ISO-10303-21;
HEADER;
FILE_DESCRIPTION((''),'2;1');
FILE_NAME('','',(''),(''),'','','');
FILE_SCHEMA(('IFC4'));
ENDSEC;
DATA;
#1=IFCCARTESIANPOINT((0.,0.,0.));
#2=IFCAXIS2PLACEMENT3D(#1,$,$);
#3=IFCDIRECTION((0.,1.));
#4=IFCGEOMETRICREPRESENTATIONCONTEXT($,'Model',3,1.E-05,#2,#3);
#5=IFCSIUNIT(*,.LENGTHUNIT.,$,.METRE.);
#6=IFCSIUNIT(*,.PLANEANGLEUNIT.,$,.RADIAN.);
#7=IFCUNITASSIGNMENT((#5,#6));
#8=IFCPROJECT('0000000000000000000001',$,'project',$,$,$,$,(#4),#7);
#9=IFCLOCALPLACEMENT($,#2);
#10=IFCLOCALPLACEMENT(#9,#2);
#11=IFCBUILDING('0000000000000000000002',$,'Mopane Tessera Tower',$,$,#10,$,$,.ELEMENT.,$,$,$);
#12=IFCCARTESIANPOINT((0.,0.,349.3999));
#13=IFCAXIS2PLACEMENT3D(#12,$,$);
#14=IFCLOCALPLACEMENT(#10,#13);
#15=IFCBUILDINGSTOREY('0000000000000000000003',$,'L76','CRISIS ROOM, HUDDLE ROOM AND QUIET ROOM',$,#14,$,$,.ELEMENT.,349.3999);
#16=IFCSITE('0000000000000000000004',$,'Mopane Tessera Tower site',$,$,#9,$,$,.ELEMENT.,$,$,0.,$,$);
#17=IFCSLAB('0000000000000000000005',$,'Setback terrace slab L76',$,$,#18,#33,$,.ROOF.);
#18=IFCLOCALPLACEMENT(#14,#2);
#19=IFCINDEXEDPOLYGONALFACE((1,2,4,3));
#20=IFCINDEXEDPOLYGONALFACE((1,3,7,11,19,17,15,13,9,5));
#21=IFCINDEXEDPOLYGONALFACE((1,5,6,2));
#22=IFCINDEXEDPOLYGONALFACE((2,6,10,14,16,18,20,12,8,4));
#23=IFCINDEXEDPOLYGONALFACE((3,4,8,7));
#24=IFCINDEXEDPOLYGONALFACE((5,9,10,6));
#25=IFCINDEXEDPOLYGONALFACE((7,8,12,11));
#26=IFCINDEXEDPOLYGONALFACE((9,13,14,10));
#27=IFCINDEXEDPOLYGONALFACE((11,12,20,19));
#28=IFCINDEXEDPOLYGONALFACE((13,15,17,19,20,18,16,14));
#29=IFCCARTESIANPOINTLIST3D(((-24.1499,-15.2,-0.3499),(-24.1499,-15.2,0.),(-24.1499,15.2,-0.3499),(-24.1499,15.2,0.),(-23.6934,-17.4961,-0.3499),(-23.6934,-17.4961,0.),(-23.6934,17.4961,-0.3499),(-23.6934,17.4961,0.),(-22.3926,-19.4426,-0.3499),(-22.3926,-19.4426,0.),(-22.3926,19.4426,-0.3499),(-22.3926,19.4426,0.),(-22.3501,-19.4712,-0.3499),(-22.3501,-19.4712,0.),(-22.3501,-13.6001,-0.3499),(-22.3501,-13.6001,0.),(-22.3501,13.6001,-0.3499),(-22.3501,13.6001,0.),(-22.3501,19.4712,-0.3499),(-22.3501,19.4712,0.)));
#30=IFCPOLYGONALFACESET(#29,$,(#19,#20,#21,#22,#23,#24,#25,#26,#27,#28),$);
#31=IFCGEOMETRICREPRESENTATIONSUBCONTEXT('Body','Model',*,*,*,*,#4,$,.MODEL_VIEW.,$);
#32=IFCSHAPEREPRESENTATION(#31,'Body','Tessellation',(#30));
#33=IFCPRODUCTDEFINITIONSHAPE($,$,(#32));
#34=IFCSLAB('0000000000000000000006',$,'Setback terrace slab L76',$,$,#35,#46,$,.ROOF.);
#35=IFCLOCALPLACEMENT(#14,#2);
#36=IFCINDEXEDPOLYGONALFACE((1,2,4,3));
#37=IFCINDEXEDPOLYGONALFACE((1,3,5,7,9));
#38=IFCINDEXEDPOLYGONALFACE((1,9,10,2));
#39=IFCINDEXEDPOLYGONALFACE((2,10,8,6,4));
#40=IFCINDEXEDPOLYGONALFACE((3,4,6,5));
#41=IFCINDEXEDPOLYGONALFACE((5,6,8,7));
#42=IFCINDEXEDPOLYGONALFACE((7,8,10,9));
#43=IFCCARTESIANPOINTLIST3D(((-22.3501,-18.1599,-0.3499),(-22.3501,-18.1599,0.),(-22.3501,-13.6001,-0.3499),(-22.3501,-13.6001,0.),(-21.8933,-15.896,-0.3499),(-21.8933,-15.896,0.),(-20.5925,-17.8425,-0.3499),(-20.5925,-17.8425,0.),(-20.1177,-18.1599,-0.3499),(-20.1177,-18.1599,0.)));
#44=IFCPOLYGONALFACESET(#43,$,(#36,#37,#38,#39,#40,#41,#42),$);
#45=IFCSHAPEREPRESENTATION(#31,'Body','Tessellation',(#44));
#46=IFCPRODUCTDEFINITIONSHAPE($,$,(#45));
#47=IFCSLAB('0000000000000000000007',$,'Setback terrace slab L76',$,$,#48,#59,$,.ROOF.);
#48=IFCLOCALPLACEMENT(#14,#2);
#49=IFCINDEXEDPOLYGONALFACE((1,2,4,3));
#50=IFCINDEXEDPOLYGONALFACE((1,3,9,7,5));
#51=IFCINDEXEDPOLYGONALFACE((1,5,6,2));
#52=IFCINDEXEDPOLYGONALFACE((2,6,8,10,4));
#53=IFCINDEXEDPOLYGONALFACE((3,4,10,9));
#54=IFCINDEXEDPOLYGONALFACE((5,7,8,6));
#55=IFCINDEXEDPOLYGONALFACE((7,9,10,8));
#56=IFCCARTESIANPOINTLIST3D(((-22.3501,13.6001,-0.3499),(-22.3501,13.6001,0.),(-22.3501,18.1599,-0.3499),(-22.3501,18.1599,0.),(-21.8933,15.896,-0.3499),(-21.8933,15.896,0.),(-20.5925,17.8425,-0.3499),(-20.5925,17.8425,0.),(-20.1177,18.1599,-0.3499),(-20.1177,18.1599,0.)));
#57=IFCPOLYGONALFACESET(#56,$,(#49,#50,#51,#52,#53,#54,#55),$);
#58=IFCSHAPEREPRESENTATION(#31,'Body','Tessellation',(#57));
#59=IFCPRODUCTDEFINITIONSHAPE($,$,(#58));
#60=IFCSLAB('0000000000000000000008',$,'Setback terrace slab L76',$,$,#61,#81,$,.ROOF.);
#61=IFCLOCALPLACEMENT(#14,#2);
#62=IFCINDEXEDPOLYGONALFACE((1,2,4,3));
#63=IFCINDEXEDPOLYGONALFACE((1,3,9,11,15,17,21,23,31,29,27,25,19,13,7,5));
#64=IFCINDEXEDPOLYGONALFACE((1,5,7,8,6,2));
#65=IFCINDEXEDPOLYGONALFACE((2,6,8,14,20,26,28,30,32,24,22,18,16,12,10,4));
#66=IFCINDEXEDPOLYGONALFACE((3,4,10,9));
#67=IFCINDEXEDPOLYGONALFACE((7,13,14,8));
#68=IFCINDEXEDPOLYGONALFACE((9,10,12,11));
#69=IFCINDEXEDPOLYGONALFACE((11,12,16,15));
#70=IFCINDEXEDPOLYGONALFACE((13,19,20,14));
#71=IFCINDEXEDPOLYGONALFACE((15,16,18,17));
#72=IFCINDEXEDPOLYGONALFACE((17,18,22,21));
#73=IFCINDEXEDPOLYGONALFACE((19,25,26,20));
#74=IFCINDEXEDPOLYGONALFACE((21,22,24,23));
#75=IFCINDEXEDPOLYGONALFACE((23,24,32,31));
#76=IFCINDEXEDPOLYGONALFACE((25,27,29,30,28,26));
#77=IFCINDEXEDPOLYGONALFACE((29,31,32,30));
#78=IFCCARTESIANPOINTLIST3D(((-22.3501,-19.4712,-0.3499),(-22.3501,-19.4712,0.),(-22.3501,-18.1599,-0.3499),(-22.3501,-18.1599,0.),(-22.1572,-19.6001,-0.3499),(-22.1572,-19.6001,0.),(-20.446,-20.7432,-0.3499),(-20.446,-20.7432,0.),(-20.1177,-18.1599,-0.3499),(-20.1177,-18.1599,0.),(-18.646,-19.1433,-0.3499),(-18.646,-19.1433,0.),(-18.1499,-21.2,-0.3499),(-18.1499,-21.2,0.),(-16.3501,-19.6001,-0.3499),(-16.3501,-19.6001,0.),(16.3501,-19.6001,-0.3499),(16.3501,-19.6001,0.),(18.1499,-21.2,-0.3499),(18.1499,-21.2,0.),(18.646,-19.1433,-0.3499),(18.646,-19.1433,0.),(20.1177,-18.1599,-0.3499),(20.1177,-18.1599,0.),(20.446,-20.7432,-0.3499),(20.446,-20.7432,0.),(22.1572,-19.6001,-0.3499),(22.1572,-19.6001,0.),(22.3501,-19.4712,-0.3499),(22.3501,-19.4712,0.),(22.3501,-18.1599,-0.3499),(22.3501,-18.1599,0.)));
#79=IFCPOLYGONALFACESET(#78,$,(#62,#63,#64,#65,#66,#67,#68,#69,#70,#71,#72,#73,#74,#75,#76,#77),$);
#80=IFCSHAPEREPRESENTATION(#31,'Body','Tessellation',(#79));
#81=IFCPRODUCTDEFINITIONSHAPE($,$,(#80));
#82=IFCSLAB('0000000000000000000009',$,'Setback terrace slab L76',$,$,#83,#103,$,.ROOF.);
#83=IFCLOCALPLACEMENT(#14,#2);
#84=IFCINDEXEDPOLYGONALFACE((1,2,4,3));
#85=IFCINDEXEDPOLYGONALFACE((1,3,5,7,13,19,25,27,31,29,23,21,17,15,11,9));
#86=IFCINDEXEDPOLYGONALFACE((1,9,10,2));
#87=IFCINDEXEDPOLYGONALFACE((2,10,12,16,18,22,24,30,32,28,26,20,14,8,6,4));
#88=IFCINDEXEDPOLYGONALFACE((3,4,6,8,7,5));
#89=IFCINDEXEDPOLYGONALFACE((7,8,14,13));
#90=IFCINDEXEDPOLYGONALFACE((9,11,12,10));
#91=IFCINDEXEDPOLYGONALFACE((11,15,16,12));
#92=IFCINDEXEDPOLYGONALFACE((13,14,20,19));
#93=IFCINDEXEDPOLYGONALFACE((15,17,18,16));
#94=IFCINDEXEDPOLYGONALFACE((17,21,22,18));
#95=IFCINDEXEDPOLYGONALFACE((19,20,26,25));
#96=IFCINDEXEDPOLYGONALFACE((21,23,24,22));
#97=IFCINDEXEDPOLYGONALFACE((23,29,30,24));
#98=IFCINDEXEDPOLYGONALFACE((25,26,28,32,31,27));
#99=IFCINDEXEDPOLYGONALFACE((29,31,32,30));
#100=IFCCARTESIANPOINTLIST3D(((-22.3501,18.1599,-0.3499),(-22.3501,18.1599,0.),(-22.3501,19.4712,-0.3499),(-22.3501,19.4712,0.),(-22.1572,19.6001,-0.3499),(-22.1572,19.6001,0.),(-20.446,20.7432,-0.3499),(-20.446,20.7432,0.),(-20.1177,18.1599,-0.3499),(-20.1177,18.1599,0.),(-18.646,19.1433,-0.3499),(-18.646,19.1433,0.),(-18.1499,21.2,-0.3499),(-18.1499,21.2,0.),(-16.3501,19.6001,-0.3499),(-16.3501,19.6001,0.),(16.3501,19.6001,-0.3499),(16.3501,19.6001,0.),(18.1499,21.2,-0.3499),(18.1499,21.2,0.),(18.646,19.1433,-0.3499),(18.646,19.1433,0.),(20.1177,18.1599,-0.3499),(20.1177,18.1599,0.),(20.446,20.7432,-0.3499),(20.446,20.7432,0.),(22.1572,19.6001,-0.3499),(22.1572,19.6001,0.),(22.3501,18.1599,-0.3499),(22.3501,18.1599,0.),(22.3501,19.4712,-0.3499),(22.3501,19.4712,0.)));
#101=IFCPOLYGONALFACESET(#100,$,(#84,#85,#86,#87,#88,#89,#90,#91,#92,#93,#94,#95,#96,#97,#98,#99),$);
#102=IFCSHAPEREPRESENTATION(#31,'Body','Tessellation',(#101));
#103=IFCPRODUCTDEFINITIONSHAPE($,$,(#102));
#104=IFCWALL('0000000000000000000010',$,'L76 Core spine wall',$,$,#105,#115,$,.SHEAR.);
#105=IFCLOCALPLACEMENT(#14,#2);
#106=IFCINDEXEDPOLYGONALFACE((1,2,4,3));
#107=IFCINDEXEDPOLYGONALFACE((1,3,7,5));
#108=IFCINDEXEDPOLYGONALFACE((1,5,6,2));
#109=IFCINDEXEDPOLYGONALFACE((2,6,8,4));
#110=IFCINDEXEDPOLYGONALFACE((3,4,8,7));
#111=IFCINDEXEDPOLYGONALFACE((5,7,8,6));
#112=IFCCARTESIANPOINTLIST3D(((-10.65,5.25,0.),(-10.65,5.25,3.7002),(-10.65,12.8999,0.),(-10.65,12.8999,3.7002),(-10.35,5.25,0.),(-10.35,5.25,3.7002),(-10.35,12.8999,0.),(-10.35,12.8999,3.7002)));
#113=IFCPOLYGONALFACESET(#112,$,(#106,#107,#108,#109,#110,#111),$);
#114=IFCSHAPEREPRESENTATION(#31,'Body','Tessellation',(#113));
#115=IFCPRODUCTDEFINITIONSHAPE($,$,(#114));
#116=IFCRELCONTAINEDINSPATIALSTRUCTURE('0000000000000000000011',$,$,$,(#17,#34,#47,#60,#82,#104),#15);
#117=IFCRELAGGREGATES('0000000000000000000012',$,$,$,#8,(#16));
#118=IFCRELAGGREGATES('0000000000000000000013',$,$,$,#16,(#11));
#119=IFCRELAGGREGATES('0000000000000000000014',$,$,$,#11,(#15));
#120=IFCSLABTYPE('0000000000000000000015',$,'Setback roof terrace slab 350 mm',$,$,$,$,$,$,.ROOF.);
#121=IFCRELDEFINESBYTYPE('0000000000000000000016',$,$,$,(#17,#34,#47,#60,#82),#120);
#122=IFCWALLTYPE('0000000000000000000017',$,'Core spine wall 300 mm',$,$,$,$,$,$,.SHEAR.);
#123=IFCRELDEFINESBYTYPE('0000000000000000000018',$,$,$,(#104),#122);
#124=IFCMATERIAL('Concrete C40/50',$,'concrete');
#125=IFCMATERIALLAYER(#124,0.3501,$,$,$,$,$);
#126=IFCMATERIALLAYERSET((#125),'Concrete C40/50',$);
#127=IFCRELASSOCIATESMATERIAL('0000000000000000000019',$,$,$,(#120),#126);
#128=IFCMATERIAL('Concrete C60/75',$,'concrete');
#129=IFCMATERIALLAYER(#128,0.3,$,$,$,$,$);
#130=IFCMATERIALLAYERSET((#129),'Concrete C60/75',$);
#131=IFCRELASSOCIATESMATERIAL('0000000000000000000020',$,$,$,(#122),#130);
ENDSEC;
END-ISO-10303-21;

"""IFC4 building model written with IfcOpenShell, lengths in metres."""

from ifc_helpers import new_model, si_unit, direction, frame, frame_2d, origin, place, context, subcontext, project, spatial, polyline, rectangle, outline, extrude, material, layer, layer_set, type_object, element, save


model = new_model("IFC4")

# Units and contexts
model_context = context("Model", 3, precision=1e-05, world=origin(), true_north=direction((0.0, 1.0)))
body_context = subcontext(model_context, "Body", "Model", "MODEL_VIEW")
ifc_project = project(units=[si_unit("LENGTHUNIT", "METRE"), si_unit("PLANEANGLEUNIT", "RADIAN")], contexts=[model_context])

# Site, building, storey
site_placement = place(None, origin())
site = spatial("IfcSite", under=ifc_project, at=site_placement, Name="Mopane Tessera Tower site", CompositionType="ELEMENT", RefElevation=0.0)
building_placement = place(site_placement, origin())
building = spatial("IfcBuilding", under=site, at=building_placement, Name="Mopane Tessera Tower", CompositionType="ELEMENT")
storey_placement = place(building_placement, frame((0.0, 0.0, 349.3999)))
storey = spatial("IfcBuildingStorey", under=building, at=storey_placement, Name="L76", Description="CRISIS ROOM, HUDDLE ROOM AND QUIET ROOM", CompositionType="ELEMENT", Elevation=349.3999)

# Slabs
ifc_material_1 = material(Name="Concrete C40/50", Category="concrete")
ifc_layer_1 = layer(ifc_material_1, 0.3501)
ifc_layer_set_1 = layer_set([ifc_layer_1], Name="Concrete C40/50")
slab_type = type_object("IfcSlabType", Name="Setback roof terrace slab 350 mm", PredefinedType="ROOF", material=ifc_layer_set_1)
slab_1_placement = place(storey_placement, frame((0.0, 0.0, -0.3499)))
element("IfcSlab", 1, at=slab_1_placement, inside=storey, type_object=slab_type, Name="Setback terrace slab L76", PredefinedType="ROOF", context=body_context, shape_type="SweptSolid", body=[
    extrude(outline(polyline([(-22.3501, -19.4712), (-22.3501, -13.6001), (-22.3501, 13.6001), (-22.3501, 19.4712), (-22.3926, 19.4426), (-23.6934, 17.4961), (-24.1499, 15.2), (-24.1499, -15.2), (-23.6934, -17.4961), (-22.3926, -19.4426), (-22.3501, -19.4712)])), origin(), (0.0, 0.0, 1.0), 0.3499),
])
slab_2_placement = place(storey_placement, frame((0.0, 0.0, -0.3499)))
element("IfcSlab", 2, at=slab_2_placement, inside=storey, type_object=slab_type, Name="Setback terrace slab L76", PredefinedType="ROOF", context=body_context, shape_type="SweptSolid", body=[
    extrude(outline(polyline([(-22.3501, -13.6001), (-22.3501, -18.1599), (-20.1177, -18.1599), (-20.5925, -17.8425), (-21.8933, -15.896), (-22.3501, -13.6001)])), origin(), (0.0, 0.0, 1.0), 0.3499),
])
slab_3_placement = place(storey_placement, frame((0.0, 0.0, -0.3499)))
element("IfcSlab", 3, at=slab_3_placement, inside=storey, type_object=slab_type, Name="Setback terrace slab L76", PredefinedType="ROOF", context=body_context, shape_type="SweptSolid", body=[
    extrude(outline(polyline([(-20.1177, 18.1599), (-22.3501, 18.1599), (-22.3501, 13.6001), (-21.8933, 15.896), (-20.5925, 17.8425), (-20.1177, 18.1599)])), origin(), (0.0, 0.0, 1.0), 0.3499),
])
slab_4_placement = place(storey_placement, frame((0.0, 0.0, -0.3499)))
element("IfcSlab", 4, at=slab_4_placement, inside=storey, type_object=slab_type, Name="Setback terrace slab L76", PredefinedType="ROOF", context=body_context, shape_type="SweptSolid", body=[
    extrude(outline(polyline([(-16.3501, -19.6001), (-18.646, -19.1433), (-20.1177, -18.1599), (-22.3501, -18.1599), (-22.3501, -19.4712), (-22.1572, -19.6001), (-20.446, -20.7432), (-18.1499, -21.2), (18.1499, -21.2), (20.446, -20.7432), (22.1572, -19.6001), (22.3501, -19.4712), (22.3501, -18.1599), (20.1177, -18.1599), (18.646, -19.1433), (16.3501, -19.6001), (-16.3501, -19.6001)])), origin(), (0.0, 0.0, 1.0), 0.3499),
])
slab_5_placement = place(storey_placement, frame((0.0, 0.0, -0.3499)))
element("IfcSlab", 5, at=slab_5_placement, inside=storey, type_object=slab_type, Name="Setback terrace slab L76", PredefinedType="ROOF", context=body_context, shape_type="SweptSolid", body=[
    extrude(outline(polyline([(16.3501, 19.6001), (18.646, 19.1433), (20.1177, 18.1599), (22.3501, 18.1599), (22.3501, 19.4712), (22.1572, 19.6001), (20.446, 20.7432), (18.1499, 21.2), (-18.1499, 21.2), (-20.446, 20.7432), (-22.1572, 19.6001), (-22.3501, 19.4712), (-22.3501, 18.1599), (-20.1177, 18.1599), (-18.646, 19.1433), (-16.3501, 19.6001), (16.3501, 19.6001)])), origin(), (0.0, 0.0, 1.0), 0.3499),
])

# Wall
ifc_material_2 = material(Name="Concrete C60/75", Category="concrete")
ifc_layer_2 = layer(ifc_material_2, 0.3)
ifc_layer_set_2 = layer_set([ifc_layer_2], Name="Concrete C60/75")
wall_type_1 = type_object("IfcWallType", Name="Core spine wall 300 mm", PredefinedType="SHEAR", material=ifc_layer_set_2)
wall_1_placement = place(storey_placement, frame((-10.5, 5.25, 0.0), z_axis=(0.0, 0.0, 1.0), x_axis=(0.0, 1.0, 0.0)))
element("IfcWall", 6, at=wall_1_placement, inside=storey, type_object=wall_type_1, Name="L76 Core spine wall", PredefinedType="SHEAR", context=body_context, shape_type="SweptSolid", body=[
    extrude(rectangle(XDim=7.6499, YDim=0.3, at=frame_2d((3.825, 0.0))), origin(), (0.0, 0.0, 1.0), 3.7002),
])

save(model, "model.ifc")
